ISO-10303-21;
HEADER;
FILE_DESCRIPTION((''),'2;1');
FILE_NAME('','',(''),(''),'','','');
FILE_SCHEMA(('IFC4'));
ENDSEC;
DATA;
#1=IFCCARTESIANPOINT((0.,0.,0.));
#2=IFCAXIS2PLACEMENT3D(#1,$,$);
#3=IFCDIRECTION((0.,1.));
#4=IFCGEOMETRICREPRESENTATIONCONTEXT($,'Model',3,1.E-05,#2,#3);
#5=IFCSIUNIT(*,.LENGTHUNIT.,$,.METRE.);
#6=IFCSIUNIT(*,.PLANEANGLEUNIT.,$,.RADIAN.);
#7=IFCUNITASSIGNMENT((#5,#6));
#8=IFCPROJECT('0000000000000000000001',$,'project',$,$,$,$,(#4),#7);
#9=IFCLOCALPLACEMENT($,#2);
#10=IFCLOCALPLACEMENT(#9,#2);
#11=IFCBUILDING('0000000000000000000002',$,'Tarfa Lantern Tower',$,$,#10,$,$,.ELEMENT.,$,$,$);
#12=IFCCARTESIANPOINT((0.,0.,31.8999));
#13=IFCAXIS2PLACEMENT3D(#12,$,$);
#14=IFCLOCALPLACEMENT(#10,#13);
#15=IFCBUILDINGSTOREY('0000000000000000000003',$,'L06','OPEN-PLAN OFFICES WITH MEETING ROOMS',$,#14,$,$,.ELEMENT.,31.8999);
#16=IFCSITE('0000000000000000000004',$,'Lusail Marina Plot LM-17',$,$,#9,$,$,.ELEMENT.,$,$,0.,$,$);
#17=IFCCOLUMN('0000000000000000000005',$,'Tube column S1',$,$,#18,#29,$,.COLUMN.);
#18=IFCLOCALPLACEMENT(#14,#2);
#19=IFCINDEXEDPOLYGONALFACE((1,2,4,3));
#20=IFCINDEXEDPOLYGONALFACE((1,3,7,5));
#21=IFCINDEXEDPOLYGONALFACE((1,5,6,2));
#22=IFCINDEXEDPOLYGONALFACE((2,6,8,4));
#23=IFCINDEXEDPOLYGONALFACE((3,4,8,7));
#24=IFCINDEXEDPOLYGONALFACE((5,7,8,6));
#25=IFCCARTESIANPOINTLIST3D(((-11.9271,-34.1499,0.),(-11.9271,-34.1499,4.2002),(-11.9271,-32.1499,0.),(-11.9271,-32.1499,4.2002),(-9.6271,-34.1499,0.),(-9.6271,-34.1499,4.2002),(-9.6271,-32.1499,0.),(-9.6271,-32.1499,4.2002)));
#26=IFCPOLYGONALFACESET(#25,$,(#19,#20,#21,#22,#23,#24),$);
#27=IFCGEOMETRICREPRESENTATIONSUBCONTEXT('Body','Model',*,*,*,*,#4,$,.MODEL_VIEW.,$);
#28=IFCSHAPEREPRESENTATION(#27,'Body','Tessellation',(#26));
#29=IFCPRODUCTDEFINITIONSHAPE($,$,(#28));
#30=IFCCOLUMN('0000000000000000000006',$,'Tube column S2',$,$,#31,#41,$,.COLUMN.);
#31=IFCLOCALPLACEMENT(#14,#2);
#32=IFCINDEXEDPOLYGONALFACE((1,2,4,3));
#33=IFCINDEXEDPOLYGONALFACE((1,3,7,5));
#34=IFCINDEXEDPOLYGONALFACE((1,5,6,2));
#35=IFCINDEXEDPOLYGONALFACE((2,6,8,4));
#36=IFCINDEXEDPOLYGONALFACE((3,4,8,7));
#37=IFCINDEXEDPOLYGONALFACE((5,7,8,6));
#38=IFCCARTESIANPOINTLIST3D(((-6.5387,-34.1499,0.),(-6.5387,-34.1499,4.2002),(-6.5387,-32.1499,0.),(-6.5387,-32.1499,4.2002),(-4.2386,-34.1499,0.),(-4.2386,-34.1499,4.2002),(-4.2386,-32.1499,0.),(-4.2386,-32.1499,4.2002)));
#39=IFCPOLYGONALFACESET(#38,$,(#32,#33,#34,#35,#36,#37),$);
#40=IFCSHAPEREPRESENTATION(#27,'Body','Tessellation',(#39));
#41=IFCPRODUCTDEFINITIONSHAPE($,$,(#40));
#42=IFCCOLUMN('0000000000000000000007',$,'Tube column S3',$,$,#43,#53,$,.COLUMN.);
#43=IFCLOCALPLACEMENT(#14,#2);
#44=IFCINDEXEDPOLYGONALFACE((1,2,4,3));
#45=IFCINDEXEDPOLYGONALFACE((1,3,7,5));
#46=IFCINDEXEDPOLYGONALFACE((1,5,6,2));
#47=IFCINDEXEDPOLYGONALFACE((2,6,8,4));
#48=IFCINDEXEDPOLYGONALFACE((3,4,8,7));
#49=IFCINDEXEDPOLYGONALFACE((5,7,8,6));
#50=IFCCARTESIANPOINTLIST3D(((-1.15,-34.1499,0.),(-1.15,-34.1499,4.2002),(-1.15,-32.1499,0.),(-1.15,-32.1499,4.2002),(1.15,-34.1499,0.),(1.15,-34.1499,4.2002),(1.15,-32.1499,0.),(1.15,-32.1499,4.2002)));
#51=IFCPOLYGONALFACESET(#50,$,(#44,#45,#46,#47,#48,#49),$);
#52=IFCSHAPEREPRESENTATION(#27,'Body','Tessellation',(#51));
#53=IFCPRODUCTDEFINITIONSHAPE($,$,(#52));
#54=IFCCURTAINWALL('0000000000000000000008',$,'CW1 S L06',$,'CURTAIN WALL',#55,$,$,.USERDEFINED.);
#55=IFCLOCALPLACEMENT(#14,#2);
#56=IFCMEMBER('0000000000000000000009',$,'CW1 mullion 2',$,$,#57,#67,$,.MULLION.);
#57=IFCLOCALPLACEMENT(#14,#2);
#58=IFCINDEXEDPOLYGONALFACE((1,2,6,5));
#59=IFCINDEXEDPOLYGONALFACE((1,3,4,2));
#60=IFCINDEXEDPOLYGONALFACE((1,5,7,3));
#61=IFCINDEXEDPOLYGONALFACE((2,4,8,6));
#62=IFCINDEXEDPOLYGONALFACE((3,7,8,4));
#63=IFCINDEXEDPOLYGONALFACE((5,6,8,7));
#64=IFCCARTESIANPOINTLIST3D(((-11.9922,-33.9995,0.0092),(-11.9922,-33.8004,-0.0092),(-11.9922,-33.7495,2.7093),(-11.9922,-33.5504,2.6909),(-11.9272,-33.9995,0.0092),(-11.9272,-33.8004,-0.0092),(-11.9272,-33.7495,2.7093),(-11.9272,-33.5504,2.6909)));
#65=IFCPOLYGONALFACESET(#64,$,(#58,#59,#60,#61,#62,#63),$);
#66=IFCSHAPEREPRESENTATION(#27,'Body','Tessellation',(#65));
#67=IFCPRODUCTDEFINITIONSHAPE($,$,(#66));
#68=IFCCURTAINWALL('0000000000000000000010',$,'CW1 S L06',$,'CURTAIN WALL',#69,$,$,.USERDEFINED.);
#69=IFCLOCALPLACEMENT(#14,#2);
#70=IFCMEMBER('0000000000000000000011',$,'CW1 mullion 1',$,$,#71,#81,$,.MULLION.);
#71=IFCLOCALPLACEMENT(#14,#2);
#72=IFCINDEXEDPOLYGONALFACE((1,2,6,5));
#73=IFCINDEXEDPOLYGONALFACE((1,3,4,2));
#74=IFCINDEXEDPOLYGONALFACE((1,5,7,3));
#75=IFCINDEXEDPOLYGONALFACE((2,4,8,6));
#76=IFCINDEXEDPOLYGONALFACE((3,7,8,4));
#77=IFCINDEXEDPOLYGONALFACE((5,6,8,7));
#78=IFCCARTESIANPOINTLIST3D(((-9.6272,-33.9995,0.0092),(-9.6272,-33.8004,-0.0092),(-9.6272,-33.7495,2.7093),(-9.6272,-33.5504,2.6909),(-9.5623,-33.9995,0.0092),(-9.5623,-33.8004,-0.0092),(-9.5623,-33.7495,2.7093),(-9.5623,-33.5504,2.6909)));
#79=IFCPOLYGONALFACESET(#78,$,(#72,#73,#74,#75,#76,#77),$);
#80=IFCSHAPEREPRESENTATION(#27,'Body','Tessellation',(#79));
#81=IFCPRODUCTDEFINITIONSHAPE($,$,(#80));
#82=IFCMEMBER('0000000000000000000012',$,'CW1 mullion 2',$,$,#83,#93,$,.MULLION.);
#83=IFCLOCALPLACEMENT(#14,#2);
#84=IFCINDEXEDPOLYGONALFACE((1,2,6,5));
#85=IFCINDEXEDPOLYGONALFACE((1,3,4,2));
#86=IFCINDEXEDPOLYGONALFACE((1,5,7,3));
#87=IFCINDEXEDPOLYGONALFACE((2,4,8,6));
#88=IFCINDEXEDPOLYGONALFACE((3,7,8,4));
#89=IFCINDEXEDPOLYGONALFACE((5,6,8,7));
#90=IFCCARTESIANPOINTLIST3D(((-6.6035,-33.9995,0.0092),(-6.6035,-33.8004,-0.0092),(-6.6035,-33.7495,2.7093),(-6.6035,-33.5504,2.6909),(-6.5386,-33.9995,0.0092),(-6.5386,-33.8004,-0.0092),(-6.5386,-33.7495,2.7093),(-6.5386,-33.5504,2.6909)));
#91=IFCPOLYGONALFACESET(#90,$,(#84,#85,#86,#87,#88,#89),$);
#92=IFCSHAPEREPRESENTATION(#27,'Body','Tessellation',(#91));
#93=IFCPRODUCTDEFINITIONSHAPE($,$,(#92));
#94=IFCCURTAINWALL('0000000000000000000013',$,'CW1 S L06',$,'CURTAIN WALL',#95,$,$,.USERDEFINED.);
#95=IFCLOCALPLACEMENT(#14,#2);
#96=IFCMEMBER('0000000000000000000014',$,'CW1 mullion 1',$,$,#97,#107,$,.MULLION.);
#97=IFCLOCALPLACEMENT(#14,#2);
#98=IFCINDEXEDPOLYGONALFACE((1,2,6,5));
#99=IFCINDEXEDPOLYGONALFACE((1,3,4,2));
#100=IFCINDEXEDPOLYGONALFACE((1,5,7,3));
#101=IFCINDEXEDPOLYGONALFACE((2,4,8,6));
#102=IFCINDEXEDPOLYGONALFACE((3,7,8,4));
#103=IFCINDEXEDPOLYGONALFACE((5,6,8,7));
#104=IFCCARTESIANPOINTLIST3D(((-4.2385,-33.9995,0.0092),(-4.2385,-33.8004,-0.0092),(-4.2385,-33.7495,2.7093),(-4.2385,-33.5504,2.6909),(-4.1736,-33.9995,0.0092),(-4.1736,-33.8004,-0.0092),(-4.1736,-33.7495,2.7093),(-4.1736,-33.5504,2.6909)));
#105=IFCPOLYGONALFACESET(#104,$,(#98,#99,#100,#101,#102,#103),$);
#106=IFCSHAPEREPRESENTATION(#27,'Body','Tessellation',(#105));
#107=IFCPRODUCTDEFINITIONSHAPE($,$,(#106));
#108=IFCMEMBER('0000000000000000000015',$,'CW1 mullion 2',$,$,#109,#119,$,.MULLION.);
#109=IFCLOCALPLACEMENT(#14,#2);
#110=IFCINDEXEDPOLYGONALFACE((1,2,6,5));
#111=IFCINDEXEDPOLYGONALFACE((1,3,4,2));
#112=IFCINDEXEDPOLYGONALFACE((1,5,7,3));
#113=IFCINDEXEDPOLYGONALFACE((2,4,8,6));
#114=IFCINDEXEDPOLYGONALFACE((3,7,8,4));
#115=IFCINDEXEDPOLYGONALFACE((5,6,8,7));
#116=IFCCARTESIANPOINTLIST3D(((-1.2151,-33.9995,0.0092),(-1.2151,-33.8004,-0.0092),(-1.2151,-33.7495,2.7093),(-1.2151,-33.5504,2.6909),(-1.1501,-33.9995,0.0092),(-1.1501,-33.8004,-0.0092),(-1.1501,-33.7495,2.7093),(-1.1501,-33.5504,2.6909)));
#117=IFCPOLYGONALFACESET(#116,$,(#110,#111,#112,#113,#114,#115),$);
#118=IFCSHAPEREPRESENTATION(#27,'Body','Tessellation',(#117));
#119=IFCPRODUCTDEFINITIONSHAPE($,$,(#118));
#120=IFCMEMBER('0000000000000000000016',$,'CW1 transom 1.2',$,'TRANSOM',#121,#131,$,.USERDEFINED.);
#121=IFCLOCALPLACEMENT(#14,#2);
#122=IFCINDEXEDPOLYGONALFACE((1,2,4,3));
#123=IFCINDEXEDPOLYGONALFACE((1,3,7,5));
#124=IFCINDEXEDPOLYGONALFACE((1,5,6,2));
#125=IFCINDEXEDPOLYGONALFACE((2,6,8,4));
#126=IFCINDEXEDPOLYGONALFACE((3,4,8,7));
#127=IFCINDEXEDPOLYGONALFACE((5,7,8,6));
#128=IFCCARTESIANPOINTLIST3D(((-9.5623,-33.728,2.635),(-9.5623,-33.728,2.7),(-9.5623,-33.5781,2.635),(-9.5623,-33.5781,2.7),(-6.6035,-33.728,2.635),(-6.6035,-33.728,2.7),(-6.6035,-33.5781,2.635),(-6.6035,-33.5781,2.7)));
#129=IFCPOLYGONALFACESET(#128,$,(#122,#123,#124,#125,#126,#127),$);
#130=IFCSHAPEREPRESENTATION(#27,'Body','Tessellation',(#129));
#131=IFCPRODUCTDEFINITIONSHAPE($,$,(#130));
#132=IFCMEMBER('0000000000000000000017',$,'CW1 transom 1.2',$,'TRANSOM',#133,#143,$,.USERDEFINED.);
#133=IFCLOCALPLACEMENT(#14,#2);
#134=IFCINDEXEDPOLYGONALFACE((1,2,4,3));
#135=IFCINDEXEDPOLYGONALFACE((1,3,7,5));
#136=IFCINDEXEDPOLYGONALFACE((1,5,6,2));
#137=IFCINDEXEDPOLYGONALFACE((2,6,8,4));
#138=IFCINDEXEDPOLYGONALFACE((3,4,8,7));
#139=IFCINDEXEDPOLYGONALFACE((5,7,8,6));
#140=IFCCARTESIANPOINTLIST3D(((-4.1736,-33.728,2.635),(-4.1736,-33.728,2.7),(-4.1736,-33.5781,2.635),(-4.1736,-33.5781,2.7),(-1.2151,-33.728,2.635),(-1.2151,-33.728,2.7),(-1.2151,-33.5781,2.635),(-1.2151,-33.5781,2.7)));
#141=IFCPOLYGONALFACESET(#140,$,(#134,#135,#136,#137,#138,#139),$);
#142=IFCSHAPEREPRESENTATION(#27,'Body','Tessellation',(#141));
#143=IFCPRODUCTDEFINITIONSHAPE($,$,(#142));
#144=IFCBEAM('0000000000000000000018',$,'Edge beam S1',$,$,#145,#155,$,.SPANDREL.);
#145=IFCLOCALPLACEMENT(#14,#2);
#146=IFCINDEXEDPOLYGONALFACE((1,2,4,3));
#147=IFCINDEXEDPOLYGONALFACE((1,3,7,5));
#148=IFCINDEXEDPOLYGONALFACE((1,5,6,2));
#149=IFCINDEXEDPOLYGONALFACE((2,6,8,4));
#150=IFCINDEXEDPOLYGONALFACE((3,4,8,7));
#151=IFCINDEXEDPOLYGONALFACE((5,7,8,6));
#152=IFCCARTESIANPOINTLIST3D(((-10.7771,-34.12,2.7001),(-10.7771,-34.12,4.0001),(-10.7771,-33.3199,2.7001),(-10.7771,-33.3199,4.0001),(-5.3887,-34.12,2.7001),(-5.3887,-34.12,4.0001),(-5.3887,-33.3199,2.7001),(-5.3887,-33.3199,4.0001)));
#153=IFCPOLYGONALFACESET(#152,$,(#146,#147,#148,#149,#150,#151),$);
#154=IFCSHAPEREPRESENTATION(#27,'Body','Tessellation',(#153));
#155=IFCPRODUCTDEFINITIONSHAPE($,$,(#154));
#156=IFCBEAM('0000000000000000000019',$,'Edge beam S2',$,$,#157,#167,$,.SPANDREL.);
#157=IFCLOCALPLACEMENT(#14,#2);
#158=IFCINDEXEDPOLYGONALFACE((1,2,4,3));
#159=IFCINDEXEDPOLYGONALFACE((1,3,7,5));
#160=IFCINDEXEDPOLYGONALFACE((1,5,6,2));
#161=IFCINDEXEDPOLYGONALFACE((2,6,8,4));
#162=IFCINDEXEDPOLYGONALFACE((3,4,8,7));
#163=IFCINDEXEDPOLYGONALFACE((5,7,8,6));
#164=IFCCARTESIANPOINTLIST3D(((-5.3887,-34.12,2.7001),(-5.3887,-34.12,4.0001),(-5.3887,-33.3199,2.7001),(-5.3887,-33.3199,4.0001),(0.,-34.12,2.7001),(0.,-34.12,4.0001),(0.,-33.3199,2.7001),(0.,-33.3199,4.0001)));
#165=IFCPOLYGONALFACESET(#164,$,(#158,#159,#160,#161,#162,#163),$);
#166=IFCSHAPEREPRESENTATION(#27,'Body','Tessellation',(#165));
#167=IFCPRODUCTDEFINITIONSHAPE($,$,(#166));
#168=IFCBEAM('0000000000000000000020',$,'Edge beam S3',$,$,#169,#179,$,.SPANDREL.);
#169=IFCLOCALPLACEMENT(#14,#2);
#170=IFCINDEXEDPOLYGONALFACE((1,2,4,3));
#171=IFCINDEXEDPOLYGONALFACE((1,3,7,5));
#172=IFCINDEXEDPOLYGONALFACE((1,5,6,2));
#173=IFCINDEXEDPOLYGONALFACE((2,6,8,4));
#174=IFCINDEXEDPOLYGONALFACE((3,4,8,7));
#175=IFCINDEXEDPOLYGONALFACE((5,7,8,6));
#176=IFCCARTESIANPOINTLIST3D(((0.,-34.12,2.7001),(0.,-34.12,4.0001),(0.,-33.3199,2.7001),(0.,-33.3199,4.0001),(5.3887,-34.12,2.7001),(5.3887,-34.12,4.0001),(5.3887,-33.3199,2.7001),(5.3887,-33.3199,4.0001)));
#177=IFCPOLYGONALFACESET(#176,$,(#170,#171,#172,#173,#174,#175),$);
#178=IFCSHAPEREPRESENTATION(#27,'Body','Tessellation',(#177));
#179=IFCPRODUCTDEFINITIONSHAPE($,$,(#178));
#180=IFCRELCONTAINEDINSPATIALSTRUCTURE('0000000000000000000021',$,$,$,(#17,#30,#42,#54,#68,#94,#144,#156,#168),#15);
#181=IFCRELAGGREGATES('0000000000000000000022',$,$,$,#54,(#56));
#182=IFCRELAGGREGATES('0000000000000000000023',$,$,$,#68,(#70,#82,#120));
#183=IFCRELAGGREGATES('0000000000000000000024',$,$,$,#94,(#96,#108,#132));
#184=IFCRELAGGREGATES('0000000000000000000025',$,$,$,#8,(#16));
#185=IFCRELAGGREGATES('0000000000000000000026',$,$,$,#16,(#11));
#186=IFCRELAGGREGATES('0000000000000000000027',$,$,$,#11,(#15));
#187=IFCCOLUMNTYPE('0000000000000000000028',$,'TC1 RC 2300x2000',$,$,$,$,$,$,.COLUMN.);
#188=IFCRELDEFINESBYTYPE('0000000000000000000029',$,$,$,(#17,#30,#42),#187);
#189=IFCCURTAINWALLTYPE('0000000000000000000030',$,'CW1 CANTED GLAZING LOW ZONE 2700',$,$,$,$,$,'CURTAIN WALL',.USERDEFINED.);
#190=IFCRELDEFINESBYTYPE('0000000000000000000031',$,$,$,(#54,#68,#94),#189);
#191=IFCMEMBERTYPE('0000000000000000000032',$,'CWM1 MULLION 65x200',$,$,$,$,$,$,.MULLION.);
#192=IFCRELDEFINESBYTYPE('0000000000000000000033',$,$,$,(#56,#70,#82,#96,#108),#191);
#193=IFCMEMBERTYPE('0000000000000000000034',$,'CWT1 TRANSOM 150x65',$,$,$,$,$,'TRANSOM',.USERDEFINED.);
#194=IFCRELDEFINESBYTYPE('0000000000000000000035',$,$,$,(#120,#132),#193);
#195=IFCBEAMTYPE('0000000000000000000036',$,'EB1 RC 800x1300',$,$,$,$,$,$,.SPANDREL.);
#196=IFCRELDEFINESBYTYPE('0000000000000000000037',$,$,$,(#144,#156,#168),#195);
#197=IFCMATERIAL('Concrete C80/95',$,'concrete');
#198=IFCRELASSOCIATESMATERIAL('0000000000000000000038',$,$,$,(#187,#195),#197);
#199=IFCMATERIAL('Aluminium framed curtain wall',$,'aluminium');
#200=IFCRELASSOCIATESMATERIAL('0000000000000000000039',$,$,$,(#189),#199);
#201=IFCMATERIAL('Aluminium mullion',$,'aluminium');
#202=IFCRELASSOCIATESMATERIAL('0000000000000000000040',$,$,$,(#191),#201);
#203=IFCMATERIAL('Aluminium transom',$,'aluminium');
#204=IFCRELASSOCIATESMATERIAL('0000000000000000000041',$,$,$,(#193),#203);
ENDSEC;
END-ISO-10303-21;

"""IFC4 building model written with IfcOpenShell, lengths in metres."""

from ifc_helpers import new_model, si_unit, direction, frame, origin, origin_2d, place, context, subcontext, project, spatial, rectangle, extrude, material, material_profile, profile_set, type_object, element, aggregate, save


model = new_model("IFC4")

# Units and contexts
model_context = context("Model", 3, precision=1e-05, world=origin(), true_north=direction((0.0, 1.0)))
body_context = subcontext(model_context, "Body", "Model", "MODEL_VIEW")
ifc_project = project(units=[si_unit("LENGTHUNIT", "METRE"), si_unit("PLANEANGLEUNIT", "RADIAN")], contexts=[model_context])

# Site, building, storey
site_placement = place(None, origin())
site = spatial("IfcSite", under=ifc_project, at=site_placement, Name="Lusail Marina Plot LM-17", CompositionType="ELEMENT", RefElevation=0.0)
building_placement = place(site_placement, origin())
building = spatial("IfcBuilding", under=site, at=building_placement, Name="Tarfa Lantern Tower", CompositionType="ELEMENT")
storey_placement = place(building_placement, frame((0.0, 0.0, 31.8999)))
storey = spatial("IfcBuildingStorey", under=building, at=storey_placement, Name="L06", Description="OPEN-PLAN OFFICES WITH MEETING ROOMS", CompositionType="ELEMENT", Elevation=31.8999)

# Columns
ifc_material_1 = material(Name="Concrete C80/95", Category="concrete")
ifc_material_profile_1 = material_profile(ifc_material_1, rectangle(XDim=2.3, YDim=2.0, at=origin_2d()), Name="RC 2300x2000")
ifc_profile_set_1 = profile_set([ifc_material_profile_1], Name="Concrete C80/95")
column_type = type_object("IfcColumnType", Name="TC1 RC 2300x2000", PredefinedType="COLUMN", material=ifc_profile_set_1)
for number, where, z_axis, x_axis, name in (
    (1, (-10.7771, -33.1499, 0.0), (0.0, 0.0, 1.0), (1.0, 0.0, 0.0), "Tube column S1"),
    (2, (-5.3887, -33.1499, 0.0), (0.0, 0.0, 1.0), (1.0, 0.0, 0.0), "Tube column S2"),
    (3, (0.0, -33.1499, 0.0), (0.0, 0.0, 1.0), (1.0, 0.0, 0.0), "Tube column S3"),
):
    element("IfcColumn", number, at=place(storey_placement, frame(where, z_axis=z_axis, x_axis=x_axis)), inside=storey, type_object=column_type, Name=name, PredefinedType="COLUMN", context=body_context, shape_type="SweptSolid", body=[
        extrude(rectangle(XDim=2.3, YDim=2.0, at=origin_2d()), origin(), (0.0, 0.0, 1.0), 4.2002),
    ])

# Curtain wall, member
ifc_material_2 = material(Name="Aluminium framed curtain wall", Category="aluminium")
curtain_wall_type = type_object("IfcCurtainWallType", Name="CW1 CANTED GLAZING LOW ZONE 2700", ElementType="CURTAIN WALL", PredefinedType="USERDEFINED", material=ifc_material_2)
curtain_wall_1_placement = place(storey_placement, origin())
curtain_wall_1 = element("IfcCurtainWall", 4, at=curtain_wall_1_placement, inside=storey, type_object=curtain_wall_type, Name="CW1 S L06", ObjectType="CURTAIN WALL", PredefinedType="USERDEFINED")
ifc_material_3 = material(Name="Aluminium mullion", Category="aluminium")
ifc_material_profile_2 = material_profile(ifc_material_3, rectangle(XDim=0.0649, YDim=0.2, at=origin_2d()), Name="AL MULLION 65x200")
ifc_profile_set_2 = profile_set([ifc_material_profile_2], Name="Aluminium mullion")
member_type_1 = type_object("IfcMemberType", Name="CWM1 MULLION 65x200", PredefinedType="MULLION", material=ifc_profile_set_2)
member_1_placement = place(storey_placement, frame((-11.9597, -33.8999, 0.0), z_axis=(0.0, 0.092192, 0.995741), x_axis=(-1.0, 0.0, 0.0)))
member_1 = element("IfcMember", 5, at=member_1_placement, type_object=member_type_1, Name="CW1 mullion 2", PredefinedType="MULLION", context=body_context, shape_type="SweptSolid", body=[
    extrude(rectangle(XDim=0.0649, YDim=0.2, at=origin_2d()), origin(), (0.0, 0.0, 1.0), 2.7117),
])
aggregate(curtain_wall_1, [member_1])

# Curtain walls, members
curtain_wall_2_placement = place(storey_placement, origin())
curtain_wall_2 = element("IfcCurtainWall", 6, at=curtain_wall_2_placement, inside=storey, type_object=curtain_wall_type, Name="CW1 S L06", ObjectType="CURTAIN WALL", PredefinedType="USERDEFINED")
member_2_placement = place(storey_placement, frame((-9.5947, -33.8999, 0.0), z_axis=(0.0, 0.092192, 0.995741), x_axis=(-1.0, 0.0, 0.0)))
member_2 = element("IfcMember", 7, at=member_2_placement, type_object=member_type_1, Name="CW1 mullion 1", PredefinedType="MULLION", context=body_context, shape_type="SweptSolid", body=[
    extrude(rectangle(XDim=0.0649, YDim=0.2, at=origin_2d()), origin(), (0.0, 0.0, 1.0), 2.7117),
])
member_3_placement = place(storey_placement, frame((-6.571, -33.8999, 0.0), z_axis=(0.0, 0.092192, 0.995741), x_axis=(-1.0, 0.0, 0.0)))
member_3 = element("IfcMember", 8, at=member_3_placement, type_object=member_type_1, Name="CW1 mullion 2", PredefinedType="MULLION", context=body_context, shape_type="SweptSolid", body=[
    extrude(rectangle(XDim=0.0649, YDim=0.2, at=origin_2d()), origin(), (0.0, 0.0, 1.0), 2.7117),
])
curtain_wall_3_placement = place(storey_placement, origin())
curtain_wall_3 = element("IfcCurtainWall", 9, at=curtain_wall_3_placement, inside=storey, type_object=curtain_wall_type, Name="CW1 S L06", ObjectType="CURTAIN WALL", PredefinedType="USERDEFINED")
member_4_placement = place(storey_placement, frame((-4.2061, -33.8999, 0.0), z_axis=(0.0, 0.092192, 0.995741), x_axis=(-1.0, 0.0, 0.0)))
member_4 = element("IfcMember", 10, at=member_4_placement, type_object=member_type_1, Name="CW1 mullion 1", PredefinedType="MULLION", context=body_context, shape_type="SweptSolid", body=[
    extrude(rectangle(XDim=0.0649, YDim=0.2, at=origin_2d()), origin(), (0.0, 0.0, 1.0), 2.7117),
])
member_5_placement = place(storey_placement, frame((-1.1826, -33.8999, 0.0), z_axis=(0.0, 0.092192, 0.995741), x_axis=(-1.0, 0.0, 0.0)))
member_5 = element("IfcMember", 11, at=member_5_placement, type_object=member_type_1, Name="CW1 mullion 2", PredefinedType="MULLION", context=body_context, shape_type="SweptSolid", body=[
    extrude(rectangle(XDim=0.0649, YDim=0.2, at=origin_2d()), origin(), (0.0, 0.0, 1.0), 2.7117),
])

# Members
ifc_material_4 = material(Name="Aluminium transom", Category="aluminium")
ifc_material_profile_3 = material_profile(ifc_material_4, rectangle(XDim=0.1499, YDim=0.0649, at=origin_2d()), Name="AL TRANSOM 150x65")
ifc_profile_set_3 = profile_set([ifc_material_profile_3], Name="Aluminium transom")
member_type_2 = type_object("IfcMemberType", Name="CWT1 TRANSOM 150x65", ElementType="TRANSOM", PredefinedType="USERDEFINED", material=ifc_profile_set_3)
member_6_placement = place(storey_placement, frame((-9.5623, -33.6531, 2.6675), z_axis=(1.0, 0.0, 0.0), x_axis=(0.0, 1.0, 0.0)))
member_6 = element("IfcMember", 12, at=member_6_placement, type_object=member_type_2, Name="CW1 transom 1.2", ObjectType="TRANSOM", PredefinedType="USERDEFINED", context=body_context, shape_type="SweptSolid", body=[
    extrude(rectangle(XDim=0.1499, YDim=0.0649, at=origin_2d()), origin(), (0.0, 0.0, 1.0), 2.9587),
])
member_7_placement = place(storey_placement, frame((-4.1736, -33.6531, 2.6675), z_axis=(1.0, 0.0, 0.0), x_axis=(0.0, 1.0, 0.0)))
member_7 = element("IfcMember", 13, at=member_7_placement, type_object=member_type_2, Name="CW1 transom 1.2", ObjectType="TRANSOM", PredefinedType="USERDEFINED", context=body_context, shape_type="SweptSolid", body=[
    extrude(rectangle(XDim=0.1499, YDim=0.0649, at=origin_2d()), origin(), (0.0, 0.0, 1.0), 2.9585),
])

# Beams
ifc_material_profile_4 = material_profile(ifc_material_1, rectangle(XDim=0.8, YDim=1.3, at=origin_2d()), Name="RC 800x1300")
ifc_profile_set_4 = profile_set([ifc_material_profile_4], Name="Concrete C80/95")
beam_type_1 = type_object("IfcBeamType", Name="EB1 RC 800x1300", PredefinedType="SPANDREL", material=ifc_profile_set_4)
beam_placement = place(storey_placement, frame((-10.7771, -33.72, 3.3501), z_axis=(1.0, 0.0, 0.0), x_axis=(0.0, 1.0, 0.0)))
element("IfcBeam", 14, at=beam_placement, inside=storey, type_object=beam_type_1, Name="Edge beam S1", PredefinedType="SPANDREL", context=body_context, shape_type="SweptSolid", body=[
    extrude(rectangle(XDim=0.8, YDim=1.3, at=origin_2d()), origin(), (0.0, 0.0, 1.0), 5.3884),
])
for number, where, z_axis, x_axis, name in (
    (15, (-5.3887, -33.72, 3.3501), (1.0, 0.0, 0.0), (0.0, 1.0, 0.0), "Edge beam S2"),
    (16, (0.0, -33.72, 3.3501), (1.0, 0.0, 0.0), (0.0, 1.0, 0.0), "Edge beam S3"),
):
    element("IfcBeam", number, at=place(storey_placement, frame(where, z_axis=z_axis, x_axis=x_axis)), inside=storey, type_object=beam_type_1, Name=name, PredefinedType="SPANDREL", context=body_context, shape_type="SweptSolid", body=[
        extrude(rectangle(XDim=0.8, YDim=1.3, at=origin_2d()), origin(), (0.0, 0.0, 1.0), 5.3887),
    ])

aggregate(curtain_wall_2, [member_2, member_3, member_6])
aggregate(curtain_wall_3, [member_4, member_5, member_7])

save(model, "model.ifc")
